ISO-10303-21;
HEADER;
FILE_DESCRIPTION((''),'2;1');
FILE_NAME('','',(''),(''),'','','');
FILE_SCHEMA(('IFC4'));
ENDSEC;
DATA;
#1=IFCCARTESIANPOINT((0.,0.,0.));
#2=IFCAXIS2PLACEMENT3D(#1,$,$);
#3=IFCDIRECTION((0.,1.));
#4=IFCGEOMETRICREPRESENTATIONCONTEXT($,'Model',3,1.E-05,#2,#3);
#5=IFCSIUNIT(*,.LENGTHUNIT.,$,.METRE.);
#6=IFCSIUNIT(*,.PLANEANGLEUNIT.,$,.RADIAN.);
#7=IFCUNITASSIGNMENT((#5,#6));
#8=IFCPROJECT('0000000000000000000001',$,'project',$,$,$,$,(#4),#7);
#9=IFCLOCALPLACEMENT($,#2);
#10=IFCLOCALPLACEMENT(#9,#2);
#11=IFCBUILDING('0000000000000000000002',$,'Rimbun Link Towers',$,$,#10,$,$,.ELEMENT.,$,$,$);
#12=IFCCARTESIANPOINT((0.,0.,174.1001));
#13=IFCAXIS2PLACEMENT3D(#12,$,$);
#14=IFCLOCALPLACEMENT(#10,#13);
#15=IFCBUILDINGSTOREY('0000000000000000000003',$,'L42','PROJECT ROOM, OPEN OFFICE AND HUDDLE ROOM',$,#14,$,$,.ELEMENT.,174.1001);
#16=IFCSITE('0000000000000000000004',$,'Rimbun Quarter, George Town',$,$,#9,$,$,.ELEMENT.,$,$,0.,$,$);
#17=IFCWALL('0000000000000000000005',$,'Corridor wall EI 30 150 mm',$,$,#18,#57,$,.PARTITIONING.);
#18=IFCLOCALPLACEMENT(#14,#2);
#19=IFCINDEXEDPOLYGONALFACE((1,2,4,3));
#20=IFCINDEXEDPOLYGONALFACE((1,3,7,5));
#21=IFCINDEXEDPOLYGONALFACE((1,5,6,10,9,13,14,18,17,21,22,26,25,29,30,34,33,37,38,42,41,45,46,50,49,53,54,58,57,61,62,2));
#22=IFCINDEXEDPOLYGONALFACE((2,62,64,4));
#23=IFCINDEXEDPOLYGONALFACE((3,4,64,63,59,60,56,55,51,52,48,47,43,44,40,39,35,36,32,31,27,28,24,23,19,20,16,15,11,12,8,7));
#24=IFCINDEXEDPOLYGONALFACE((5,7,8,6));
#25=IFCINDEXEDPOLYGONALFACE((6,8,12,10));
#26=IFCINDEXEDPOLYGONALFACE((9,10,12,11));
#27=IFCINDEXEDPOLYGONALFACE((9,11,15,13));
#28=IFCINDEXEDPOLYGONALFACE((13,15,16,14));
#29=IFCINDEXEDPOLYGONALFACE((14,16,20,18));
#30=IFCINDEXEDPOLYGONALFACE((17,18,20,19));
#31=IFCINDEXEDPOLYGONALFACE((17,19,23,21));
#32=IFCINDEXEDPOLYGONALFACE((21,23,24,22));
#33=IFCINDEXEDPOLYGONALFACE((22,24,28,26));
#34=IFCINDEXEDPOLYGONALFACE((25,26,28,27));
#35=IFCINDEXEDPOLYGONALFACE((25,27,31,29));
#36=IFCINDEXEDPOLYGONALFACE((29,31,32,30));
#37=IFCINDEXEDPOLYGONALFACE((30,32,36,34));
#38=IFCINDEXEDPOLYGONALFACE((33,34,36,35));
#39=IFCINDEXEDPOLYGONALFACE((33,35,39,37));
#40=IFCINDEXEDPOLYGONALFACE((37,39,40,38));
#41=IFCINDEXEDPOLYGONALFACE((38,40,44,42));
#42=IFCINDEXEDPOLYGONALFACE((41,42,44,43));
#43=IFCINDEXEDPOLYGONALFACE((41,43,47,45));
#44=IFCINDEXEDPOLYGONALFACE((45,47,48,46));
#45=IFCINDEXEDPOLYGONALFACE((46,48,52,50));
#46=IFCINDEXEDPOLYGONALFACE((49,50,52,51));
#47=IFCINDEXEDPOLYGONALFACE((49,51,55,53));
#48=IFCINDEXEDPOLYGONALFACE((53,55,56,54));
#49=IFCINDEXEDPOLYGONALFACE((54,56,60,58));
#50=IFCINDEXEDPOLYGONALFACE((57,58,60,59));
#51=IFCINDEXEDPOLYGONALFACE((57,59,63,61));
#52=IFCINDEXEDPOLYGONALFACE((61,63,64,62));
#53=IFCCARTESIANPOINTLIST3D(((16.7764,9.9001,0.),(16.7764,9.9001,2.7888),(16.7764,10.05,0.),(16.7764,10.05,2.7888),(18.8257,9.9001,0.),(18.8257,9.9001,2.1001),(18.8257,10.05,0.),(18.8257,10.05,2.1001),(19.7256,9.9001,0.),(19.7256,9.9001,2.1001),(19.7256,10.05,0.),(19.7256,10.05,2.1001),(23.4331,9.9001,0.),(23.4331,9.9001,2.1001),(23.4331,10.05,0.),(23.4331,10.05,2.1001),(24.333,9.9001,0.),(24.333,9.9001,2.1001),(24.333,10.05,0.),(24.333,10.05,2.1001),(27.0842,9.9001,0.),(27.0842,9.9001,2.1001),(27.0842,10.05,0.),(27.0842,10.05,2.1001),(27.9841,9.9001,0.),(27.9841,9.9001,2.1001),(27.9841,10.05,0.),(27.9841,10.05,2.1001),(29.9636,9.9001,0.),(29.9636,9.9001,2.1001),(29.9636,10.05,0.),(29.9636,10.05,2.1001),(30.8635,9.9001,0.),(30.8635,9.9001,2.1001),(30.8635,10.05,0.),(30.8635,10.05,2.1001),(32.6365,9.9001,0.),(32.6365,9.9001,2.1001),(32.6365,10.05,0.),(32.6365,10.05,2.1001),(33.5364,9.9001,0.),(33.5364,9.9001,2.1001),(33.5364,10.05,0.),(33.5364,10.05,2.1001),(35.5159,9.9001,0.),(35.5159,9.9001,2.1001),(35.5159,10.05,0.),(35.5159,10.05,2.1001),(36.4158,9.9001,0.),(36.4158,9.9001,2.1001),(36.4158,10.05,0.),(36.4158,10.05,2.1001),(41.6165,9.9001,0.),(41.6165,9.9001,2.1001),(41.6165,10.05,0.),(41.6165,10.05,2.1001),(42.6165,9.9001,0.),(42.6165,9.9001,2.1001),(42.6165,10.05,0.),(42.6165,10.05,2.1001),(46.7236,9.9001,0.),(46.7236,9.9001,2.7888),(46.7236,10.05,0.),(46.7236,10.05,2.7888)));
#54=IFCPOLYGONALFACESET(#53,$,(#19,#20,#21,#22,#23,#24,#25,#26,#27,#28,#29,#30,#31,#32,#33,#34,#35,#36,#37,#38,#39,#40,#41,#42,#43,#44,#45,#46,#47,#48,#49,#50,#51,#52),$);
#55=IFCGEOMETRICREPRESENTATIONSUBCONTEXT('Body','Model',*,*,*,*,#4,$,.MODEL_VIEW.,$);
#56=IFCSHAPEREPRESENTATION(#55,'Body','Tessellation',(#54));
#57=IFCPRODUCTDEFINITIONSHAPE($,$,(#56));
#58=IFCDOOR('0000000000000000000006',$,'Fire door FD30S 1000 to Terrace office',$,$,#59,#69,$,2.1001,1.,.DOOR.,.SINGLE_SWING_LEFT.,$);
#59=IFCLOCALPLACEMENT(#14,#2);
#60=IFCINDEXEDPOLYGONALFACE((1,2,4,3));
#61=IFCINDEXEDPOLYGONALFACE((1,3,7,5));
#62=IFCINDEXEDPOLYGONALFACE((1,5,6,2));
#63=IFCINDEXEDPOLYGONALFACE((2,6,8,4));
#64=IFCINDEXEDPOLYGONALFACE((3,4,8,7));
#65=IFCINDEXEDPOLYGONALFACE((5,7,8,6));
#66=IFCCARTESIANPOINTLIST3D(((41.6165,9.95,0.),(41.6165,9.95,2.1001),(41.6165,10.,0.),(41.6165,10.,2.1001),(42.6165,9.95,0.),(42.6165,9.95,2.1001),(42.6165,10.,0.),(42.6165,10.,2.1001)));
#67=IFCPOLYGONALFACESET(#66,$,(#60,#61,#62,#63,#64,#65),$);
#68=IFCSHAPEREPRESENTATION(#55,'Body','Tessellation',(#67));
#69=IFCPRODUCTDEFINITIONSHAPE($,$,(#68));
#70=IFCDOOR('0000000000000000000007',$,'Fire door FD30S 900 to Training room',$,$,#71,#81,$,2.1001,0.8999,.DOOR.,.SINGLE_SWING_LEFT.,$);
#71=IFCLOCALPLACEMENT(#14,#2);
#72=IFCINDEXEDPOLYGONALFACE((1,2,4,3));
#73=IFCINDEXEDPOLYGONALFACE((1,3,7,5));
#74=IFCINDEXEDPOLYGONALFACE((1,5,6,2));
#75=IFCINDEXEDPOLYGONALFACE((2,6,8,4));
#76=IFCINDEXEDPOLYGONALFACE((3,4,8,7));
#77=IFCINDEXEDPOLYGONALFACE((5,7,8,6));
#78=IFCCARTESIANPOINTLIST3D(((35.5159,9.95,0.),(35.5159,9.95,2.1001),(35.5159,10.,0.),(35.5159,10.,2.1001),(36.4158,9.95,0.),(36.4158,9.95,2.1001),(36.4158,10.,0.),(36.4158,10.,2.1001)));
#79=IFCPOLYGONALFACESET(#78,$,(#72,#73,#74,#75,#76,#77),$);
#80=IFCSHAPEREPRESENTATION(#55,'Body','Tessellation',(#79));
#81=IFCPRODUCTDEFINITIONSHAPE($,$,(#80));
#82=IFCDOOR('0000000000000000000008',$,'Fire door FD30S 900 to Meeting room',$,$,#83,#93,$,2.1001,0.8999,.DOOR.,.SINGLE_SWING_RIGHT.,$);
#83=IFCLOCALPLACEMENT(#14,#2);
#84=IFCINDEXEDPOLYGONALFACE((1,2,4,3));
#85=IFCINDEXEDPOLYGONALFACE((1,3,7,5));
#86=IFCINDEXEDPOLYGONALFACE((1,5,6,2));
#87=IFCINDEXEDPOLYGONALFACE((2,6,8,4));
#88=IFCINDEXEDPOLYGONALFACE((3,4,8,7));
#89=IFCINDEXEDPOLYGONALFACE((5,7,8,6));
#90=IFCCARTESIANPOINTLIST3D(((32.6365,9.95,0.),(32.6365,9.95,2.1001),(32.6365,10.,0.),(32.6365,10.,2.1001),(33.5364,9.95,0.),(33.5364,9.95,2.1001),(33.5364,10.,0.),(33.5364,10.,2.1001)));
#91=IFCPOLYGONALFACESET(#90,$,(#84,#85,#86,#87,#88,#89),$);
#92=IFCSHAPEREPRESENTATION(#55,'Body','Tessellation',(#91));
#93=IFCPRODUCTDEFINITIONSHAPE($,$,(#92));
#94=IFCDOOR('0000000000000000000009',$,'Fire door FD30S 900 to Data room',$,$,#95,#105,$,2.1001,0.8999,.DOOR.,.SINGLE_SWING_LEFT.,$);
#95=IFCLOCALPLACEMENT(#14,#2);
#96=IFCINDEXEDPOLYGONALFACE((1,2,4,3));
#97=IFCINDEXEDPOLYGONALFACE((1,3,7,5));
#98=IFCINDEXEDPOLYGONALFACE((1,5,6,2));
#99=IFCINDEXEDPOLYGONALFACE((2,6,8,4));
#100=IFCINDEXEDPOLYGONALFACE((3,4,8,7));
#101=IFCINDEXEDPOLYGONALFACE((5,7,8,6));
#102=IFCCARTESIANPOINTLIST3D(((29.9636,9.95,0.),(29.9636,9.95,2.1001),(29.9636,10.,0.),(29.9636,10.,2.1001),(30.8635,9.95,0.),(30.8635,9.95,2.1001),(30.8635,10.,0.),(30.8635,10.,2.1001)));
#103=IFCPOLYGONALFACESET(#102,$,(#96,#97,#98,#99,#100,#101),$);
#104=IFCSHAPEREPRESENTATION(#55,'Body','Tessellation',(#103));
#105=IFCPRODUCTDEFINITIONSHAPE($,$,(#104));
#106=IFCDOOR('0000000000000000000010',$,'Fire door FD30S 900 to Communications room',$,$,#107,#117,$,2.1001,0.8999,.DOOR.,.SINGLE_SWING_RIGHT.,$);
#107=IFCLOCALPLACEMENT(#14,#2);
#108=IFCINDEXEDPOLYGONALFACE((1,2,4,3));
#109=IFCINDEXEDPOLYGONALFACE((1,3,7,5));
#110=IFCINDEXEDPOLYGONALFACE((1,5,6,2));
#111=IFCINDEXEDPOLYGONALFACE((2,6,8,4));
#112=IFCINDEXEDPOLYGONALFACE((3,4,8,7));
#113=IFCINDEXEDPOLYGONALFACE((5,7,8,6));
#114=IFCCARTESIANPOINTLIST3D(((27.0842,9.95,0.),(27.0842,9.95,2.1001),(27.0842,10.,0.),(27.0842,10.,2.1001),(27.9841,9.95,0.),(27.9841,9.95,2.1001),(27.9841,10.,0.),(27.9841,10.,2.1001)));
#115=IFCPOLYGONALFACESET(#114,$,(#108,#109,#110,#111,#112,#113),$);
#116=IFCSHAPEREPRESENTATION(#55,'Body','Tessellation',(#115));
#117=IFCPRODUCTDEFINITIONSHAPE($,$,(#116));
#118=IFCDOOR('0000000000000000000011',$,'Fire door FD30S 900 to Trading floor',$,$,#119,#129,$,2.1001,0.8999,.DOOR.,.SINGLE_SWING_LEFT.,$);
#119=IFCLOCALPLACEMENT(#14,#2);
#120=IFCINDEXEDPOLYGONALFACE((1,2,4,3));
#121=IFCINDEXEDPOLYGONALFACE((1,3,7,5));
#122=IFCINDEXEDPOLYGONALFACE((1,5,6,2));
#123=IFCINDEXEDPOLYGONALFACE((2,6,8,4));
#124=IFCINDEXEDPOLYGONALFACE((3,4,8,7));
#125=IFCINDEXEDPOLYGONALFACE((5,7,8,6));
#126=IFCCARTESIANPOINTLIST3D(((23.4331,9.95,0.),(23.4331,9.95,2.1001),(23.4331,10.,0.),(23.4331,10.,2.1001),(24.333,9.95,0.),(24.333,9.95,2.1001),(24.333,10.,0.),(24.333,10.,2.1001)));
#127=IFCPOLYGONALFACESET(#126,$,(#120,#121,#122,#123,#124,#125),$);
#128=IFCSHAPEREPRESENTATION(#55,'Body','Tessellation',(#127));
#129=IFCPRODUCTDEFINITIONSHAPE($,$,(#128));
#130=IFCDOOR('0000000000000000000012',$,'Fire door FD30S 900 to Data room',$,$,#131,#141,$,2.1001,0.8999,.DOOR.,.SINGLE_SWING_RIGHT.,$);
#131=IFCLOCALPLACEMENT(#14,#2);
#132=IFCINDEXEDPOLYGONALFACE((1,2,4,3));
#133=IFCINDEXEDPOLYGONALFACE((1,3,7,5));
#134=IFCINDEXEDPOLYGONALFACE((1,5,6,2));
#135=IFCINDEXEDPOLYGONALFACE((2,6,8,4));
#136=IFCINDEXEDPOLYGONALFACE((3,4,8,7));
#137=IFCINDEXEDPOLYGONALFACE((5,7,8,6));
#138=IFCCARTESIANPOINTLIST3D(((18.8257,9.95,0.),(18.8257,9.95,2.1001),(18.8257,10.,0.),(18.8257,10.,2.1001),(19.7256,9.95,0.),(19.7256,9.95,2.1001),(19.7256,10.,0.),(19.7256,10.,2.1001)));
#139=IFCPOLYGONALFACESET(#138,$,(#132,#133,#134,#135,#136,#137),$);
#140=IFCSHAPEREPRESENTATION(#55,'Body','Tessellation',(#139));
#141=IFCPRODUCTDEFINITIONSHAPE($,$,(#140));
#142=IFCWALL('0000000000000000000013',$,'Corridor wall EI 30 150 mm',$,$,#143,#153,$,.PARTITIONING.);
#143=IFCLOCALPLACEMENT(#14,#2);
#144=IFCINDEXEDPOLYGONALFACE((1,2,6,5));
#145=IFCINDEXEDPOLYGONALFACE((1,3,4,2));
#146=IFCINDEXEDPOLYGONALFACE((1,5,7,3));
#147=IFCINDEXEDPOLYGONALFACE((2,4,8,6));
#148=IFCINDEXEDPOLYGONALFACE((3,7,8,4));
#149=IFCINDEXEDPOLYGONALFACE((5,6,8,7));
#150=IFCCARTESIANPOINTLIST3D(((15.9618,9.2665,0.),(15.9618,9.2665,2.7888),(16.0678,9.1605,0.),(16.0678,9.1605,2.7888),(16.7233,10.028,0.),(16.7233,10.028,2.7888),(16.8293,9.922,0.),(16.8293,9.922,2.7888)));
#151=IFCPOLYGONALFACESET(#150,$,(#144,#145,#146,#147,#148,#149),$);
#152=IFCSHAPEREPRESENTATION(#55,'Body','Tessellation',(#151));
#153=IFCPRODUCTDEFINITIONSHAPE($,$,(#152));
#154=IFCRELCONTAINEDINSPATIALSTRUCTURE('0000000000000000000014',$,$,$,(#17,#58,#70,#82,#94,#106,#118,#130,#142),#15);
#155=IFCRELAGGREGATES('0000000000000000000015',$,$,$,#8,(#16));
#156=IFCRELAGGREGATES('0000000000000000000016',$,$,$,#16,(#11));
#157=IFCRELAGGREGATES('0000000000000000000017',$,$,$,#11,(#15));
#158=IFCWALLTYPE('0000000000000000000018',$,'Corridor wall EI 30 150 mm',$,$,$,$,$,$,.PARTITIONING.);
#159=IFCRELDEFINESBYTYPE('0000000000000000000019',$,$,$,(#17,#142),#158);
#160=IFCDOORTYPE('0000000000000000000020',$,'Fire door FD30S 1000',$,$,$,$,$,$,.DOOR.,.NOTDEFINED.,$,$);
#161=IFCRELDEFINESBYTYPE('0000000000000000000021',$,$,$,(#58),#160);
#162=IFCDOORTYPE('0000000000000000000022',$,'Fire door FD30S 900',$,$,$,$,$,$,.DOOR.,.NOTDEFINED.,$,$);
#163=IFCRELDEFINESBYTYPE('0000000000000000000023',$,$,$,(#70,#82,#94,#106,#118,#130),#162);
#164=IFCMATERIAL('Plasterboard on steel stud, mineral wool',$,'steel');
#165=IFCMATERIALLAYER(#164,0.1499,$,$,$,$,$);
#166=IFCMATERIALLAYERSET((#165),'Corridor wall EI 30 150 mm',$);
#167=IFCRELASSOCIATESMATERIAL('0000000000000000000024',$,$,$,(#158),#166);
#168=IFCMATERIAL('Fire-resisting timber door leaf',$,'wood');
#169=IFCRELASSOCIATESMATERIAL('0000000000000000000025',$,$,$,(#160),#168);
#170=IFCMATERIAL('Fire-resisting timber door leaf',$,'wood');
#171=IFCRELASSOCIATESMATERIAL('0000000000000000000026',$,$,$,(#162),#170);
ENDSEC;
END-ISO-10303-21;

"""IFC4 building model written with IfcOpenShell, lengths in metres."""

from ifc_helpers import new_model, si_unit, direction, frame, frame_2d, origin, place, context, subcontext, project, spatial, rectangle, extrude, material, layer, layer_set, type_object, element, fill, save


model = new_model("IFC4")

# Units and contexts
model_context = context("Model", 3, precision=1e-05, world=origin(), true_north=direction((0.0, 1.0)))
body_context = subcontext(model_context, "Body", "Model", "MODEL_VIEW")
ifc_project = project(units=[si_unit("LENGTHUNIT", "METRE"), si_unit("PLANEANGLEUNIT", "RADIAN")], contexts=[model_context])

# Site, building, storey
site_placement = place(None, origin())
site = spatial("IfcSite", under=ifc_project, at=site_placement, Name="Rimbun Quarter, George Town", CompositionType="ELEMENT", RefElevation=0.0)
building_placement = place(site_placement, origin())
building = spatial("IfcBuilding", under=site, at=building_placement, Name="Rimbun Link Towers", CompositionType="ELEMENT")
storey_placement = place(building_placement, frame((0.0, 0.0, 174.1001)))
storey = spatial("IfcBuildingStorey", under=building, at=storey_placement, Name="L42", Description="PROJECT ROOM, OPEN OFFICE AND HUDDLE ROOM", CompositionType="ELEMENT", Elevation=174.1001)

# Wall, openings, doors
ifc_material_1 = material(Name="Plasterboard on steel stud, mineral wool", Category="steel")
ifc_layer_1 = layer(ifc_material_1, 0.1499)
ifc_layer_set_1 = layer_set([ifc_layer_1], Name="Corridor wall EI 30 150 mm")
wall_type_1 = type_object("IfcWallType", Name="Corridor wall EI 30 150 mm", PredefinedType="PARTITIONING", material=ifc_layer_set_1)
wall_1_placement = place(storey_placement, frame((16.7764, 9.9751, 0.0), z_axis=(0.0, 0.0, 1.0), x_axis=(1.0, 0.0, 0.0)))
wall_1 = element("IfcWall", 1, at=wall_1_placement, inside=storey, type_object=wall_type_1, Name="Corridor wall EI 30 150 mm", PredefinedType="PARTITIONING", context=body_context, shape_type="SweptSolid", body=[
    extrude(rectangle(XDim=29.9473, YDim=0.1499, at=frame_2d((14.9736, 0.0))), origin(), (0.0, 0.0, 1.0), 2.7888),
])
opening_1_placement = place(wall_1_placement, frame((18.7395, 0.0, 0.0)))
opening_1 = element("IfcOpeningElement", 2, at=opening_1_placement, cuts=wall_1, PredefinedType="OPENING", context=body_context, shape_type="SweptSolid", body=[
    extrude(rectangle(XDim=0.8999, YDim=2.1001, at=frame_2d((0.45, 1.05))), frame((0.0, 0.085, 0.0), z_axis=(0.0, -1.0, 0.0), x_axis=(1.0, 0.0, 0.0)), (0.0, 0.0, 1.0), 0.1699),
])
opening_2_placement = place(wall_1_placement, frame((15.8601, 0.0, 0.0)))
opening_2 = element("IfcOpeningElement", 3, at=opening_2_placement, cuts=wall_1, PredefinedType="OPENING", context=body_context, shape_type="SweptSolid", body=[
    extrude(rectangle(XDim=0.8999, YDim=2.1001, at=frame_2d((0.45, 1.05))), frame((0.0, 0.085, 0.0), z_axis=(0.0, -1.0, 0.0), x_axis=(1.0, 0.0, 0.0)), (0.0, 0.0, 1.0), 0.1699),
])
opening_3_placement = place(wall_1_placement, frame((13.1873, 0.0, 0.0)))
opening_3 = element("IfcOpeningElement", 4, at=opening_3_placement, cuts=wall_1, PredefinedType="OPENING", context=body_context, shape_type="SweptSolid", body=[
    extrude(rectangle(XDim=0.8999, YDim=2.1001, at=frame_2d((0.45, 1.05))), frame((0.0, 0.085, 0.0), z_axis=(0.0, -1.0, 0.0), x_axis=(1.0, 0.0, 0.0)), (0.0, 0.0, 1.0), 0.1699),
])
opening_4_placement = place(wall_1_placement, frame((10.3079, 0.0, 0.0)))
opening_4 = element("IfcOpeningElement", 5, at=opening_4_placement, cuts=wall_1, PredefinedType="OPENING", context=body_context, shape_type="SweptSolid", body=[
    extrude(rectangle(XDim=0.8999, YDim=2.1001, at=frame_2d((0.45, 1.05))), frame((0.0, 0.085, 0.0), z_axis=(0.0, -1.0, 0.0), x_axis=(1.0, 0.0, 0.0)), (0.0, 0.0, 1.0), 0.1699),
])
opening_5_placement = place(wall_1_placement, frame((6.6567, 0.0, 0.0)))
opening_5 = element("IfcOpeningElement", 6, at=opening_5_placement, cuts=wall_1, PredefinedType="OPENING", context=body_context, shape_type="SweptSolid", body=[
    extrude(rectangle(XDim=0.8999, YDim=2.1001, at=frame_2d((0.45, 1.05))), frame((0.0, 0.085, 0.0), z_axis=(0.0, -1.0, 0.0), x_axis=(1.0, 0.0, 0.0)), (0.0, 0.0, 1.0), 0.1699),
])
opening_6_placement = place(wall_1_placement, frame((2.0493, 0.0, 0.0)))
opening_6 = element("IfcOpeningElement", 7, at=opening_6_placement, cuts=wall_1, PredefinedType="OPENING", context=body_context, shape_type="SweptSolid", body=[
    extrude(rectangle(XDim=0.8999, YDim=2.1001, at=frame_2d((0.45, 1.05))), frame((0.0, 0.085, 0.0), z_axis=(0.0, -1.0, 0.0), x_axis=(1.0, 0.0, 0.0)), (0.0, 0.0, 1.0), 0.1699),
])
opening_7_placement = place(wall_1_placement, frame((24.8401, 0.0, 0.0)))
opening_7 = element("IfcOpeningElement", 8, at=opening_7_placement, cuts=wall_1, PredefinedType="OPENING", context=body_context, shape_type="SweptSolid", body=[
    extrude(rectangle(XDim=1.0, YDim=2.1001, at=frame_2d((0.5, 1.05))), frame((0.0, 0.085, 0.0), z_axis=(0.0, -1.0, 0.0), x_axis=(1.0, 0.0, 0.0)), (0.0, 0.0, 1.0), 0.1699),
])
ifc_material_2 = material(Name="Fire-resisting timber door leaf", Category="wood")
door_type_1 = type_object("IfcDoorType", Name="Fire door FD30S 1000", OperationType="NOTDEFINED", PredefinedType="DOOR", material=ifc_material_2)
door_1_placement = place(opening_7_placement, origin())
door_1 = element("IfcDoor", 9, at=door_1_placement, inside=storey, type_object=door_type_1, Name="Fire door FD30S 1000 to Terrace office", OperationType="SINGLE_SWING_LEFT", OverallHeight=2.1001, OverallWidth=1.0, PredefinedType="DOOR", context=body_context, shape_type="SweptSolid", body=[
    extrude(rectangle(XDim=1.0, YDim=2.1001, at=frame_2d((0.5, 1.05))), frame((0.0, 0.0249, 0.0), z_axis=(0.0, -1.0, 0.0), x_axis=(1.0, 0.0, 0.0)), (0.0, 0.0, 1.0), 0.05),
])
fill(opening_7, door_1)
ifc_material_3 = material(Name="Fire-resisting timber door leaf", Category="wood")
door_type_2 = type_object("IfcDoorType", Name="Fire door FD30S 900", OperationType="NOTDEFINED", PredefinedType="DOOR", material=ifc_material_3)
door_2_placement = place(opening_1_placement, origin())
door_2 = element("IfcDoor", 10, at=door_2_placement, inside=storey, type_object=door_type_2, Name="Fire door FD30S 900 to Training room", OperationType="SINGLE_SWING_LEFT", OverallHeight=2.1001, OverallWidth=0.8999, PredefinedType="DOOR", context=body_context, shape_type="SweptSolid", body=[
    extrude(rectangle(XDim=0.8999, YDim=2.1001, at=frame_2d((0.45, 1.05))), frame((0.0, 0.0249, 0.0), z_axis=(0.0, -1.0, 0.0), x_axis=(1.0, 0.0, 0.0)), (0.0, 0.0, 1.0), 0.05),
])
fill(opening_1, door_2)
door_3_placement = place(opening_2_placement, origin())
door_3 = element("IfcDoor", 11, at=door_3_placement, inside=storey, type_object=door_type_2, Name="Fire door FD30S 900 to Meeting room", OperationType="SINGLE_SWING_RIGHT", OverallHeight=2.1001, OverallWidth=0.8999, PredefinedType="DOOR", context=body_context, shape_type="SweptSolid", body=[
    extrude(rectangle(XDim=0.8999, YDim=2.1001, at=frame_2d((0.45, 1.05))), frame((0.0, 0.0249, 0.0), z_axis=(0.0, -1.0, 0.0), x_axis=(1.0, 0.0, 0.0)), (0.0, 0.0, 1.0), 0.05),
])
fill(opening_2, door_3)
door_4_placement = place(opening_3_placement, origin())
door_4 = element("IfcDoor", 12, at=door_4_placement, inside=storey, type_object=door_type_2, Name="Fire door FD30S 900 to Data room", OperationType="SINGLE_SWING_LEFT", OverallHeight=2.1001, OverallWidth=0.8999, PredefinedType="DOOR", context=body_context, shape_type="SweptSolid", body=[
    extrude(rectangle(XDim=0.8999, YDim=2.1001, at=frame_2d((0.45, 1.05))), frame((0.0, 0.0249, 0.0), z_axis=(0.0, -1.0, 0.0), x_axis=(1.0, 0.0, 0.0)), (0.0, 0.0, 1.0), 0.05),
])
fill(opening_3, door_4)
door_5_placement = place(opening_4_placement, origin())
door_5 = element("IfcDoor", 13, at=door_5_placement, inside=storey, type_object=door_type_2, Name="Fire door FD30S 900 to Communications room", OperationType="SINGLE_SWING_RIGHT", OverallHeight=2.1001, OverallWidth=0.8999, PredefinedType="DOOR", context=body_context, shape_type="SweptSolid", body=[
    extrude(rectangle(XDim=0.8999, YDim=2.1001, at=frame_2d((0.45, 1.05))), frame((0.0, 0.0249, 0.0), z_axis=(0.0, -1.0, 0.0), x_axis=(1.0, 0.0, 0.0)), (0.0, 0.0, 1.0), 0.05),
])
fill(opening_4, door_5)
door_6_placement = place(opening_5_placement, origin())
door_6 = element("IfcDoor", 14, at=door_6_placement, inside=storey, type_object=door_type_2, Name="Fire door FD30S 900 to Trading floor", OperationType="SINGLE_SWING_LEFT", OverallHeight=2.1001, OverallWidth=0.8999, PredefinedType="DOOR", context=body_context, shape_type="SweptSolid", body=[
    extrude(rectangle(XDim=0.8999, YDim=2.1001, at=frame_2d((0.45, 1.05))), frame((0.0, 0.0249, 0.0), z_axis=(0.0, -1.0, 0.0), x_axis=(1.0, 0.0, 0.0)), (0.0, 0.0, 1.0), 0.05),
])
fill(opening_5, door_6)
door_7_placement = place(opening_6_placement, origin())
door_7 = element("IfcDoor", 15, at=door_7_placement, inside=storey, type_object=door_type_2, Name="Fire door FD30S 900 to Data room", OperationType="SINGLE_SWING_RIGHT", OverallHeight=2.1001, OverallWidth=0.8999, PredefinedType="DOOR", context=body_context, shape_type="SweptSolid", body=[
    extrude(rectangle(XDim=0.8999, YDim=2.1001, at=frame_2d((0.45, 1.05))), frame((0.0, 0.0249, 0.0), z_axis=(0.0, -1.0, 0.0), x_axis=(1.0, 0.0, 0.0)), (0.0, 0.0, 1.0), 0.05),
])
fill(opening_6, door_7)

# Wall
wall_2_placement = place(storey_placement, frame((16.7764, 9.9751, 0.0), z_axis=(0.0, 0.0, 1.0), x_axis=(-0.707107, -0.707107, 0.0)))
element("IfcWall", 16, at=wall_2_placement, inside=storey, type_object=wall_type_1, Name="Corridor wall EI 30 150 mm", PredefinedType="PARTITIONING", context=body_context, shape_type="SweptSolid", body=[
    extrude(rectangle(XDim=1.0769, YDim=0.1499, at=frame_2d((0.5386, 0.0))), origin(), (0.0, 0.0, 1.0), 2.7888),
])

save(model, "model.ifc")
